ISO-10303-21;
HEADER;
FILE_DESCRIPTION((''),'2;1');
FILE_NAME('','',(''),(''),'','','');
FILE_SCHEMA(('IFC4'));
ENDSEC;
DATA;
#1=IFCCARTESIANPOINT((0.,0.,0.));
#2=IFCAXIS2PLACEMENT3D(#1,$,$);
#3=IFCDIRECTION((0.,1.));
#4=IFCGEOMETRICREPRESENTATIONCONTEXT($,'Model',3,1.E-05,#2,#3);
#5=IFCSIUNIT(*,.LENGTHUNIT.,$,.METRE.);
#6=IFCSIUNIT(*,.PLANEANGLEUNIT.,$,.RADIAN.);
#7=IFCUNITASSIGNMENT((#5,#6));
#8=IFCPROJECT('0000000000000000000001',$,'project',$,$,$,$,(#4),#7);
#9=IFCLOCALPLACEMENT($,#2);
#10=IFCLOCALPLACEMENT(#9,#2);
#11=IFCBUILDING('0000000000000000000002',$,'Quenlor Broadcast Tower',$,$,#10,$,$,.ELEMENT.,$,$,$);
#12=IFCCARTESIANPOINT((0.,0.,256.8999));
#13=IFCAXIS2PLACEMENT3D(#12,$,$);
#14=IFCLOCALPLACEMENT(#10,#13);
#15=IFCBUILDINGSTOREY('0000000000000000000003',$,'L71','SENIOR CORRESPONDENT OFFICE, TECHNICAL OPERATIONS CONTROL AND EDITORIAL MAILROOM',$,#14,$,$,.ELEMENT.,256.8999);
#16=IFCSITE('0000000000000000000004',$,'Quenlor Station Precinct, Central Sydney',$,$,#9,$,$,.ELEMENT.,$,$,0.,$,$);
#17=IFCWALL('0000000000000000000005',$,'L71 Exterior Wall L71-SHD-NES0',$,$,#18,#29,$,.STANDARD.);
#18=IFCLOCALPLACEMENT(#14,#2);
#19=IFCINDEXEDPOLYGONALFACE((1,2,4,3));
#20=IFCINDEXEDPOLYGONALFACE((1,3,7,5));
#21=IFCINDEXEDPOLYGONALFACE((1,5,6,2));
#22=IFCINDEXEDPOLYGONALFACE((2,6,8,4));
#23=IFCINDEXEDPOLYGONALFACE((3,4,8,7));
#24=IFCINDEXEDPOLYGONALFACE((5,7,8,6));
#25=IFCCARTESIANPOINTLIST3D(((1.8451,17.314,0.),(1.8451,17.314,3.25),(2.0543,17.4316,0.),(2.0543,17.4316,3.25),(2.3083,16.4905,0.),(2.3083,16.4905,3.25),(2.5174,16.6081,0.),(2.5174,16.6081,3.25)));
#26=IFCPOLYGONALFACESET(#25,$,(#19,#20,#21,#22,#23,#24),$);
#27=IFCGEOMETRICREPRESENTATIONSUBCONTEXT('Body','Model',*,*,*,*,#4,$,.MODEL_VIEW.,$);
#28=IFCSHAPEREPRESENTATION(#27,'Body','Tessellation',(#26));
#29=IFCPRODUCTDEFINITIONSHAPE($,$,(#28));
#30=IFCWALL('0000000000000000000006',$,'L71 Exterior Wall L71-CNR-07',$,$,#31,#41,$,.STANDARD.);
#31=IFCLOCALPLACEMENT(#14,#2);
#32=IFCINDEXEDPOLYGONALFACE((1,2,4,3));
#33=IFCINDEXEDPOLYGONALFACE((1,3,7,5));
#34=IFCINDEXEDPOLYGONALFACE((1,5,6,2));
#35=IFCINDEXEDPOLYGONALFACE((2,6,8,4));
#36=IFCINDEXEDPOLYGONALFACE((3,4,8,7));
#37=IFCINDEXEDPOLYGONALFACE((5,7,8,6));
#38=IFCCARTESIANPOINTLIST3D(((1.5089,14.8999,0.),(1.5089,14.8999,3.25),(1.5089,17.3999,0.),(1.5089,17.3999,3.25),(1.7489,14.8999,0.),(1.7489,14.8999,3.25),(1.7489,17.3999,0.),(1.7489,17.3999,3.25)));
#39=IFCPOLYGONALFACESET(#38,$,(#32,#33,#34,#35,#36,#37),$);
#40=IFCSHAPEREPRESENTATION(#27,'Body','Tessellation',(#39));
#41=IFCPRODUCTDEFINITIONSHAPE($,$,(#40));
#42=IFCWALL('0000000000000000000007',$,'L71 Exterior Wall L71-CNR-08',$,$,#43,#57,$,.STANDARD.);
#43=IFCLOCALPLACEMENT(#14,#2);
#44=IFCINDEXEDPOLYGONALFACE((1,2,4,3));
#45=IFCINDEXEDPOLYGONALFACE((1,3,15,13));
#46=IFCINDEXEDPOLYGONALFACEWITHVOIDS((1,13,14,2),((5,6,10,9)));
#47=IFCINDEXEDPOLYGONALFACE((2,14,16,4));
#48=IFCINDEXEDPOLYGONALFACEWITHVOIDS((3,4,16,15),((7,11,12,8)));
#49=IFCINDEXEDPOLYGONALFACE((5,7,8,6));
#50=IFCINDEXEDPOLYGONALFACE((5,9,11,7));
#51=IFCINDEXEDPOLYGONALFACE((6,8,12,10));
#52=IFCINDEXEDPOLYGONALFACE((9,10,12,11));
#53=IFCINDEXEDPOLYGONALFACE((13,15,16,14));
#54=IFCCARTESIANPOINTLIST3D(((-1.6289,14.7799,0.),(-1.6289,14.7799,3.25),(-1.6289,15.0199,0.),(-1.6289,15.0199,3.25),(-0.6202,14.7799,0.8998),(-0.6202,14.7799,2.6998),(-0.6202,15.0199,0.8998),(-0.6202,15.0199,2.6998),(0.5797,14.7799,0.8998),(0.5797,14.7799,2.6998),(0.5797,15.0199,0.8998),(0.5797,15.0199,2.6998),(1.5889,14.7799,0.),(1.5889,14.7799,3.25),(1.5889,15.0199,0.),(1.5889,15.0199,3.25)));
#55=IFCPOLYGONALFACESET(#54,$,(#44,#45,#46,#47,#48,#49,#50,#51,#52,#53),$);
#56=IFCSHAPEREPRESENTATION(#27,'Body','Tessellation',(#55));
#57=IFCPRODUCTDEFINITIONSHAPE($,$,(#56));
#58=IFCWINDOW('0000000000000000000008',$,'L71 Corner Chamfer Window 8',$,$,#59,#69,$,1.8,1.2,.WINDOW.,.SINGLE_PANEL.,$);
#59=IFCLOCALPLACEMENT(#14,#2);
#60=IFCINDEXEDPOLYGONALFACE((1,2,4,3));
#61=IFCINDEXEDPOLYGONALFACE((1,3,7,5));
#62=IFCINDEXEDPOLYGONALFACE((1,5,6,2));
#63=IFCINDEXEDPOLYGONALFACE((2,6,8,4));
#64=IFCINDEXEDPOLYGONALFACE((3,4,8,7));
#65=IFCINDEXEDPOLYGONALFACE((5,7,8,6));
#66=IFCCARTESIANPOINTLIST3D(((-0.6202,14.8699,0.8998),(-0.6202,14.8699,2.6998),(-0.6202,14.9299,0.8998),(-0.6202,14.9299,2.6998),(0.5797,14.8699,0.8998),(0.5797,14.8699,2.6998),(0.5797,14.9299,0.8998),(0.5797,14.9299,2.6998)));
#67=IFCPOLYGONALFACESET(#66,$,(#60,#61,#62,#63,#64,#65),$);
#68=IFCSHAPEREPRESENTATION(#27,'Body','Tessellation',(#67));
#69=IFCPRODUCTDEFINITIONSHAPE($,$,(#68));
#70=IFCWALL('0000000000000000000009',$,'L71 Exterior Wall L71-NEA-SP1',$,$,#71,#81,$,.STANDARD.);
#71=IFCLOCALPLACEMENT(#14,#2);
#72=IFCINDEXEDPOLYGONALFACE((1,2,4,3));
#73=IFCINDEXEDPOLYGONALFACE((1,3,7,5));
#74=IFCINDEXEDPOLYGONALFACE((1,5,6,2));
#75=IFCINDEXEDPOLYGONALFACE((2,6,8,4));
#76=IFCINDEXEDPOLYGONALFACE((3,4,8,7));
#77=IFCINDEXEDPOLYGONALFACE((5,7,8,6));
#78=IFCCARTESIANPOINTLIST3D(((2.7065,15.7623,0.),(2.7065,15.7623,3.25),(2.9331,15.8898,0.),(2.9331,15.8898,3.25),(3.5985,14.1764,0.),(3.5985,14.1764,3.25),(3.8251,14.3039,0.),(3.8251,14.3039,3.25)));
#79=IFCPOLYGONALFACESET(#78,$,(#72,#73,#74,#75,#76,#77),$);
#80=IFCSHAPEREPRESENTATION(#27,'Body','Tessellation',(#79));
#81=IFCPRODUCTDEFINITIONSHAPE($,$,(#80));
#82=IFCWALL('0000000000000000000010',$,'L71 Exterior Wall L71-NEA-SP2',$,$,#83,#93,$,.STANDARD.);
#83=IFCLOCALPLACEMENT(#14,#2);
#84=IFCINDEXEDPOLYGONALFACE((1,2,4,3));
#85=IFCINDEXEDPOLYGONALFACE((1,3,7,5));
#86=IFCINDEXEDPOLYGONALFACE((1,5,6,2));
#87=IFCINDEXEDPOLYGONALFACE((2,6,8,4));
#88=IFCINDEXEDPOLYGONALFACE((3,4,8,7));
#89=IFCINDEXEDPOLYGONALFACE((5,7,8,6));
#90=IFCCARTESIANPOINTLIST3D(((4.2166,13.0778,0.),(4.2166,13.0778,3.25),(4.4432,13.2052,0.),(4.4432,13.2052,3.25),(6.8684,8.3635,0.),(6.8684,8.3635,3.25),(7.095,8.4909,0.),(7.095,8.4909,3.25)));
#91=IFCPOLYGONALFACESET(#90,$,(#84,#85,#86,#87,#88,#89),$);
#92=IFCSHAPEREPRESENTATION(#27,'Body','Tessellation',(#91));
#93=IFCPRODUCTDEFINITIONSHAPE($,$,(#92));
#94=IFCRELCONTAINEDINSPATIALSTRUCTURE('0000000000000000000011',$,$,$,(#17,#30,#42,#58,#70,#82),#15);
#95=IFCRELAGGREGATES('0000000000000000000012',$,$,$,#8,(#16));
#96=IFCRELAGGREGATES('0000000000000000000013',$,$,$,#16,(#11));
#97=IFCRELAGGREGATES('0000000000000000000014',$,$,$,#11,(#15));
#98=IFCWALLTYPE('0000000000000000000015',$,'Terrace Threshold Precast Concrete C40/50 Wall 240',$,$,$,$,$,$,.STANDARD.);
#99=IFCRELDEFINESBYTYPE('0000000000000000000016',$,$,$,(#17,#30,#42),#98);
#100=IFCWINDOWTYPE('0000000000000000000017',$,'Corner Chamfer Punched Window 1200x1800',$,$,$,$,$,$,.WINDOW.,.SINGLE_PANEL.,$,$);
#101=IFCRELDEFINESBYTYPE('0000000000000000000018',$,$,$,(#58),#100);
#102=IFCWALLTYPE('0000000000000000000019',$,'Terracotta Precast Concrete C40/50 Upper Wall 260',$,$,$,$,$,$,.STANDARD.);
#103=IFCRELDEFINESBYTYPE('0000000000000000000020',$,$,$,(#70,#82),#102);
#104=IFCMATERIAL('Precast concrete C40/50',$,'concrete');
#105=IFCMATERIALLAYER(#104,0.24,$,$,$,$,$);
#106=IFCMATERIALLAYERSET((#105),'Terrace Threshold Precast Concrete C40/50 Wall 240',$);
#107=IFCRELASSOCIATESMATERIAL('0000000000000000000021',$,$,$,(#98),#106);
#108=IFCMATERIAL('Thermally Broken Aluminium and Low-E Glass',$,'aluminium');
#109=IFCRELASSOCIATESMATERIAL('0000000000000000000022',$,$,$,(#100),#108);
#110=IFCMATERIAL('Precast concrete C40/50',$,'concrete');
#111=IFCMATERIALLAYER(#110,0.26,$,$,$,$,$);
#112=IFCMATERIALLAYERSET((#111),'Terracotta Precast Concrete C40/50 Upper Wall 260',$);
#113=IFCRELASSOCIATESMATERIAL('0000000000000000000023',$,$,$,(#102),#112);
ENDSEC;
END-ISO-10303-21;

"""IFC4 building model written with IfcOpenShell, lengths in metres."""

from ifc_helpers import new_model, si_unit, direction, frame, frame_2d, origin, place, context, subcontext, project, spatial, rectangle, extrude, material, layer, layer_set, type_object, element, fill, save


model = new_model("IFC4")

# Units and contexts
model_context = context("Model", 3, precision=1e-05, world=origin(), true_north=direction((0.0, 1.0)))
body_context = subcontext(model_context, "Body", "Model", "MODEL_VIEW")
ifc_project = project(units=[si_unit("LENGTHUNIT", "METRE"), si_unit("PLANEANGLEUNIT", "RADIAN")], contexts=[model_context])

# Site, building, storey
site_placement = place(None, origin())
site = spatial("IfcSite", under=ifc_project, at=site_placement, Name="Quenlor Station Precinct, Central Sydney", CompositionType="ELEMENT", RefElevation=0.0)
building_placement = place(site_placement, origin())
building = spatial("IfcBuilding", under=site, at=building_placement, Name="Quenlor Broadcast Tower", CompositionType="ELEMENT")
storey_placement = place(building_placement, frame((0.0, 0.0, 256.8999)))
storey = spatial("IfcBuildingStorey", under=building, at=storey_placement, Name="L71", Description="SENIOR CORRESPONDENT OFFICE, TECHNICAL OPERATIONS CONTROL AND EDITORIAL MAILROOM", CompositionType="ELEMENT", Elevation=256.8999)

# Walls
ifc_material_1 = material(Name="Precast concrete C40/50", Category="concrete")
ifc_layer_1 = layer(ifc_material_1, 0.24)
ifc_layer_set_1 = layer_set([ifc_layer_1], Name="Terrace Threshold Precast Concrete C40/50 Wall 240")
wall_type_1 = type_object("IfcWallType", Name="Terrace Threshold Precast Concrete C40/50 Wall 240", PredefinedType="STANDARD", material=ifc_layer_set_1)
wall_1_placement = place(storey_placement, frame((1.9497, 17.3728, 0.0), z_axis=(0.0, 0.0, 1.0), x_axis=(0.4902, -0.87161, 0.0)))
element("IfcWall", 1, at=wall_1_placement, inside=storey, type_object=wall_type_1, Name="L71 Exterior Wall L71-SHD-NES0", PredefinedType="STANDARD", context=body_context, shape_type="SweptSolid", body=[
    extrude(rectangle(XDim=0.9448, YDim=0.24, at=frame_2d((0.4724, 0.0))), origin(), (0.0, 0.0, 1.0), 3.25),
])
wall_2_placement = place(storey_placement, frame((1.6289, 17.3999, 0.0), z_axis=(0.0, 0.0, 1.0), x_axis=(0.0, -1.0, 0.0)))
element("IfcWall", 2, at=wall_2_placement, inside=storey, type_object=wall_type_1, Name="L71 Exterior Wall L71-CNR-07", PredefinedType="STANDARD", context=body_context, shape_type="SweptSolid", body=[
    extrude(rectangle(XDim=2.5, YDim=0.24, at=frame_2d((1.25, 0.0))), origin(), (0.0, 0.0, 1.0), 3.25),
])

# Wall, opening, window
wall_3_placement = place(storey_placement, frame((1.5889, 14.8999, 0.0), z_axis=(0.0, 0.0, 1.0), x_axis=(-1.0, 0.0, 0.0)))
wall_3 = element("IfcWall", 3, at=wall_3_placement, inside=storey, type_object=wall_type_1, Name="L71 Exterior Wall L71-CNR-08", PredefinedType="STANDARD", context=body_context, shape_type="SweptSolid", body=[
    extrude(rectangle(XDim=3.2178, YDim=0.24, at=frame_2d((1.6089, 0.0))), origin(), (0.0, 0.0, 1.0), 3.25),
])
opening_placement = place(wall_3_placement, frame((1.009, 0.0, 0.8999)))
opening = element("IfcOpeningElement", 4, at=opening_placement, cuts=wall_3, PredefinedType="OPENING", context=body_context, shape_type="SweptSolid", body=[
    extrude(rectangle(XDim=1.2, YDim=1.8, at=frame_2d((0.6001, 0.8999))), frame((0.0, 0.1299, 0.0), z_axis=(0.0, -1.0, 0.0), x_axis=(1.0, 0.0, 0.0)), (0.0, 0.0, 1.0), 0.26),
])
ifc_material_2 = material(Name="Thermally Broken Aluminium and Low-E Glass", Category="aluminium")
window_type = type_object("IfcWindowType", Name="Corner Chamfer Punched Window 1200x1800", PartitioningType="SINGLE_PANEL", PredefinedType="WINDOW", material=ifc_material_2)
window_placement = place(opening_placement, origin())
window = element("IfcWindow", 5, at=window_placement, inside=storey, type_object=window_type, Name="L71 Corner Chamfer Window 8", OverallHeight=1.8, OverallWidth=1.2, PartitioningType="SINGLE_PANEL", PredefinedType="WINDOW", context=body_context, shape_type="SweptSolid", body=[
    extrude(rectangle(XDim=1.2, YDim=1.8, at=frame_2d((0.6001, 0.8999))), frame((0.0, 0.03, 0.0), z_axis=(0.0, -1.0, 0.0), x_axis=(1.0, 0.0, 0.0)), (0.0, 0.0, 1.0), 0.0601),
])
fill(opening, window)

# Walls
ifc_material_3 = material(Name="Precast concrete C40/50", Category="concrete")
ifc_layer_2 = layer(ifc_material_3, 0.26)
ifc_layer_set_2 = layer_set([ifc_layer_2], Name="Terracotta Precast Concrete C40/50 Upper Wall 260")
wall_type_2 = type_object("IfcWallType", Name="Terracotta Precast Concrete C40/50 Upper Wall 260", PredefinedType="STANDARD", material=ifc_layer_set_2)
wall_4_placement = place(storey_placement, frame((2.8198, 15.8259, 0.0), z_axis=(0.0, 0.0, 1.0), x_axis=(0.490261, -0.871576, 0.0)))
element("IfcWall", 6, at=wall_4_placement, inside=storey, type_object=wall_type_2, Name="L71 Exterior Wall L71-NEA-SP1", PredefinedType="STANDARD", context=body_context, shape_type="SweptSolid", body=[
    extrude(rectangle(XDim=1.8196, YDim=0.26, at=frame_2d((0.9097, 0.0))), origin(), (0.0, 0.0, 1.0), 3.25),
])
wall_5_placement = place(storey_placement, frame((4.3298, 13.1416, 0.0), z_axis=(0.0, 0.0, 1.0), x_axis=(0.490266, -0.871573, 0.0)))
element("IfcWall", 7, at=wall_5_placement, inside=storey, type_object=wall_type_2, Name="L71 Exterior Wall L71-NEA-SP2", PredefinedType="STANDARD", context=body_context, shape_type="SweptSolid", body=[
    extrude(rectangle(XDim=5.4089, YDim=0.26, at=frame_2d((2.7046, 0.0))), origin(), (0.0, 0.0, 1.0), 3.25),
])

save(model, "model.ifc")
